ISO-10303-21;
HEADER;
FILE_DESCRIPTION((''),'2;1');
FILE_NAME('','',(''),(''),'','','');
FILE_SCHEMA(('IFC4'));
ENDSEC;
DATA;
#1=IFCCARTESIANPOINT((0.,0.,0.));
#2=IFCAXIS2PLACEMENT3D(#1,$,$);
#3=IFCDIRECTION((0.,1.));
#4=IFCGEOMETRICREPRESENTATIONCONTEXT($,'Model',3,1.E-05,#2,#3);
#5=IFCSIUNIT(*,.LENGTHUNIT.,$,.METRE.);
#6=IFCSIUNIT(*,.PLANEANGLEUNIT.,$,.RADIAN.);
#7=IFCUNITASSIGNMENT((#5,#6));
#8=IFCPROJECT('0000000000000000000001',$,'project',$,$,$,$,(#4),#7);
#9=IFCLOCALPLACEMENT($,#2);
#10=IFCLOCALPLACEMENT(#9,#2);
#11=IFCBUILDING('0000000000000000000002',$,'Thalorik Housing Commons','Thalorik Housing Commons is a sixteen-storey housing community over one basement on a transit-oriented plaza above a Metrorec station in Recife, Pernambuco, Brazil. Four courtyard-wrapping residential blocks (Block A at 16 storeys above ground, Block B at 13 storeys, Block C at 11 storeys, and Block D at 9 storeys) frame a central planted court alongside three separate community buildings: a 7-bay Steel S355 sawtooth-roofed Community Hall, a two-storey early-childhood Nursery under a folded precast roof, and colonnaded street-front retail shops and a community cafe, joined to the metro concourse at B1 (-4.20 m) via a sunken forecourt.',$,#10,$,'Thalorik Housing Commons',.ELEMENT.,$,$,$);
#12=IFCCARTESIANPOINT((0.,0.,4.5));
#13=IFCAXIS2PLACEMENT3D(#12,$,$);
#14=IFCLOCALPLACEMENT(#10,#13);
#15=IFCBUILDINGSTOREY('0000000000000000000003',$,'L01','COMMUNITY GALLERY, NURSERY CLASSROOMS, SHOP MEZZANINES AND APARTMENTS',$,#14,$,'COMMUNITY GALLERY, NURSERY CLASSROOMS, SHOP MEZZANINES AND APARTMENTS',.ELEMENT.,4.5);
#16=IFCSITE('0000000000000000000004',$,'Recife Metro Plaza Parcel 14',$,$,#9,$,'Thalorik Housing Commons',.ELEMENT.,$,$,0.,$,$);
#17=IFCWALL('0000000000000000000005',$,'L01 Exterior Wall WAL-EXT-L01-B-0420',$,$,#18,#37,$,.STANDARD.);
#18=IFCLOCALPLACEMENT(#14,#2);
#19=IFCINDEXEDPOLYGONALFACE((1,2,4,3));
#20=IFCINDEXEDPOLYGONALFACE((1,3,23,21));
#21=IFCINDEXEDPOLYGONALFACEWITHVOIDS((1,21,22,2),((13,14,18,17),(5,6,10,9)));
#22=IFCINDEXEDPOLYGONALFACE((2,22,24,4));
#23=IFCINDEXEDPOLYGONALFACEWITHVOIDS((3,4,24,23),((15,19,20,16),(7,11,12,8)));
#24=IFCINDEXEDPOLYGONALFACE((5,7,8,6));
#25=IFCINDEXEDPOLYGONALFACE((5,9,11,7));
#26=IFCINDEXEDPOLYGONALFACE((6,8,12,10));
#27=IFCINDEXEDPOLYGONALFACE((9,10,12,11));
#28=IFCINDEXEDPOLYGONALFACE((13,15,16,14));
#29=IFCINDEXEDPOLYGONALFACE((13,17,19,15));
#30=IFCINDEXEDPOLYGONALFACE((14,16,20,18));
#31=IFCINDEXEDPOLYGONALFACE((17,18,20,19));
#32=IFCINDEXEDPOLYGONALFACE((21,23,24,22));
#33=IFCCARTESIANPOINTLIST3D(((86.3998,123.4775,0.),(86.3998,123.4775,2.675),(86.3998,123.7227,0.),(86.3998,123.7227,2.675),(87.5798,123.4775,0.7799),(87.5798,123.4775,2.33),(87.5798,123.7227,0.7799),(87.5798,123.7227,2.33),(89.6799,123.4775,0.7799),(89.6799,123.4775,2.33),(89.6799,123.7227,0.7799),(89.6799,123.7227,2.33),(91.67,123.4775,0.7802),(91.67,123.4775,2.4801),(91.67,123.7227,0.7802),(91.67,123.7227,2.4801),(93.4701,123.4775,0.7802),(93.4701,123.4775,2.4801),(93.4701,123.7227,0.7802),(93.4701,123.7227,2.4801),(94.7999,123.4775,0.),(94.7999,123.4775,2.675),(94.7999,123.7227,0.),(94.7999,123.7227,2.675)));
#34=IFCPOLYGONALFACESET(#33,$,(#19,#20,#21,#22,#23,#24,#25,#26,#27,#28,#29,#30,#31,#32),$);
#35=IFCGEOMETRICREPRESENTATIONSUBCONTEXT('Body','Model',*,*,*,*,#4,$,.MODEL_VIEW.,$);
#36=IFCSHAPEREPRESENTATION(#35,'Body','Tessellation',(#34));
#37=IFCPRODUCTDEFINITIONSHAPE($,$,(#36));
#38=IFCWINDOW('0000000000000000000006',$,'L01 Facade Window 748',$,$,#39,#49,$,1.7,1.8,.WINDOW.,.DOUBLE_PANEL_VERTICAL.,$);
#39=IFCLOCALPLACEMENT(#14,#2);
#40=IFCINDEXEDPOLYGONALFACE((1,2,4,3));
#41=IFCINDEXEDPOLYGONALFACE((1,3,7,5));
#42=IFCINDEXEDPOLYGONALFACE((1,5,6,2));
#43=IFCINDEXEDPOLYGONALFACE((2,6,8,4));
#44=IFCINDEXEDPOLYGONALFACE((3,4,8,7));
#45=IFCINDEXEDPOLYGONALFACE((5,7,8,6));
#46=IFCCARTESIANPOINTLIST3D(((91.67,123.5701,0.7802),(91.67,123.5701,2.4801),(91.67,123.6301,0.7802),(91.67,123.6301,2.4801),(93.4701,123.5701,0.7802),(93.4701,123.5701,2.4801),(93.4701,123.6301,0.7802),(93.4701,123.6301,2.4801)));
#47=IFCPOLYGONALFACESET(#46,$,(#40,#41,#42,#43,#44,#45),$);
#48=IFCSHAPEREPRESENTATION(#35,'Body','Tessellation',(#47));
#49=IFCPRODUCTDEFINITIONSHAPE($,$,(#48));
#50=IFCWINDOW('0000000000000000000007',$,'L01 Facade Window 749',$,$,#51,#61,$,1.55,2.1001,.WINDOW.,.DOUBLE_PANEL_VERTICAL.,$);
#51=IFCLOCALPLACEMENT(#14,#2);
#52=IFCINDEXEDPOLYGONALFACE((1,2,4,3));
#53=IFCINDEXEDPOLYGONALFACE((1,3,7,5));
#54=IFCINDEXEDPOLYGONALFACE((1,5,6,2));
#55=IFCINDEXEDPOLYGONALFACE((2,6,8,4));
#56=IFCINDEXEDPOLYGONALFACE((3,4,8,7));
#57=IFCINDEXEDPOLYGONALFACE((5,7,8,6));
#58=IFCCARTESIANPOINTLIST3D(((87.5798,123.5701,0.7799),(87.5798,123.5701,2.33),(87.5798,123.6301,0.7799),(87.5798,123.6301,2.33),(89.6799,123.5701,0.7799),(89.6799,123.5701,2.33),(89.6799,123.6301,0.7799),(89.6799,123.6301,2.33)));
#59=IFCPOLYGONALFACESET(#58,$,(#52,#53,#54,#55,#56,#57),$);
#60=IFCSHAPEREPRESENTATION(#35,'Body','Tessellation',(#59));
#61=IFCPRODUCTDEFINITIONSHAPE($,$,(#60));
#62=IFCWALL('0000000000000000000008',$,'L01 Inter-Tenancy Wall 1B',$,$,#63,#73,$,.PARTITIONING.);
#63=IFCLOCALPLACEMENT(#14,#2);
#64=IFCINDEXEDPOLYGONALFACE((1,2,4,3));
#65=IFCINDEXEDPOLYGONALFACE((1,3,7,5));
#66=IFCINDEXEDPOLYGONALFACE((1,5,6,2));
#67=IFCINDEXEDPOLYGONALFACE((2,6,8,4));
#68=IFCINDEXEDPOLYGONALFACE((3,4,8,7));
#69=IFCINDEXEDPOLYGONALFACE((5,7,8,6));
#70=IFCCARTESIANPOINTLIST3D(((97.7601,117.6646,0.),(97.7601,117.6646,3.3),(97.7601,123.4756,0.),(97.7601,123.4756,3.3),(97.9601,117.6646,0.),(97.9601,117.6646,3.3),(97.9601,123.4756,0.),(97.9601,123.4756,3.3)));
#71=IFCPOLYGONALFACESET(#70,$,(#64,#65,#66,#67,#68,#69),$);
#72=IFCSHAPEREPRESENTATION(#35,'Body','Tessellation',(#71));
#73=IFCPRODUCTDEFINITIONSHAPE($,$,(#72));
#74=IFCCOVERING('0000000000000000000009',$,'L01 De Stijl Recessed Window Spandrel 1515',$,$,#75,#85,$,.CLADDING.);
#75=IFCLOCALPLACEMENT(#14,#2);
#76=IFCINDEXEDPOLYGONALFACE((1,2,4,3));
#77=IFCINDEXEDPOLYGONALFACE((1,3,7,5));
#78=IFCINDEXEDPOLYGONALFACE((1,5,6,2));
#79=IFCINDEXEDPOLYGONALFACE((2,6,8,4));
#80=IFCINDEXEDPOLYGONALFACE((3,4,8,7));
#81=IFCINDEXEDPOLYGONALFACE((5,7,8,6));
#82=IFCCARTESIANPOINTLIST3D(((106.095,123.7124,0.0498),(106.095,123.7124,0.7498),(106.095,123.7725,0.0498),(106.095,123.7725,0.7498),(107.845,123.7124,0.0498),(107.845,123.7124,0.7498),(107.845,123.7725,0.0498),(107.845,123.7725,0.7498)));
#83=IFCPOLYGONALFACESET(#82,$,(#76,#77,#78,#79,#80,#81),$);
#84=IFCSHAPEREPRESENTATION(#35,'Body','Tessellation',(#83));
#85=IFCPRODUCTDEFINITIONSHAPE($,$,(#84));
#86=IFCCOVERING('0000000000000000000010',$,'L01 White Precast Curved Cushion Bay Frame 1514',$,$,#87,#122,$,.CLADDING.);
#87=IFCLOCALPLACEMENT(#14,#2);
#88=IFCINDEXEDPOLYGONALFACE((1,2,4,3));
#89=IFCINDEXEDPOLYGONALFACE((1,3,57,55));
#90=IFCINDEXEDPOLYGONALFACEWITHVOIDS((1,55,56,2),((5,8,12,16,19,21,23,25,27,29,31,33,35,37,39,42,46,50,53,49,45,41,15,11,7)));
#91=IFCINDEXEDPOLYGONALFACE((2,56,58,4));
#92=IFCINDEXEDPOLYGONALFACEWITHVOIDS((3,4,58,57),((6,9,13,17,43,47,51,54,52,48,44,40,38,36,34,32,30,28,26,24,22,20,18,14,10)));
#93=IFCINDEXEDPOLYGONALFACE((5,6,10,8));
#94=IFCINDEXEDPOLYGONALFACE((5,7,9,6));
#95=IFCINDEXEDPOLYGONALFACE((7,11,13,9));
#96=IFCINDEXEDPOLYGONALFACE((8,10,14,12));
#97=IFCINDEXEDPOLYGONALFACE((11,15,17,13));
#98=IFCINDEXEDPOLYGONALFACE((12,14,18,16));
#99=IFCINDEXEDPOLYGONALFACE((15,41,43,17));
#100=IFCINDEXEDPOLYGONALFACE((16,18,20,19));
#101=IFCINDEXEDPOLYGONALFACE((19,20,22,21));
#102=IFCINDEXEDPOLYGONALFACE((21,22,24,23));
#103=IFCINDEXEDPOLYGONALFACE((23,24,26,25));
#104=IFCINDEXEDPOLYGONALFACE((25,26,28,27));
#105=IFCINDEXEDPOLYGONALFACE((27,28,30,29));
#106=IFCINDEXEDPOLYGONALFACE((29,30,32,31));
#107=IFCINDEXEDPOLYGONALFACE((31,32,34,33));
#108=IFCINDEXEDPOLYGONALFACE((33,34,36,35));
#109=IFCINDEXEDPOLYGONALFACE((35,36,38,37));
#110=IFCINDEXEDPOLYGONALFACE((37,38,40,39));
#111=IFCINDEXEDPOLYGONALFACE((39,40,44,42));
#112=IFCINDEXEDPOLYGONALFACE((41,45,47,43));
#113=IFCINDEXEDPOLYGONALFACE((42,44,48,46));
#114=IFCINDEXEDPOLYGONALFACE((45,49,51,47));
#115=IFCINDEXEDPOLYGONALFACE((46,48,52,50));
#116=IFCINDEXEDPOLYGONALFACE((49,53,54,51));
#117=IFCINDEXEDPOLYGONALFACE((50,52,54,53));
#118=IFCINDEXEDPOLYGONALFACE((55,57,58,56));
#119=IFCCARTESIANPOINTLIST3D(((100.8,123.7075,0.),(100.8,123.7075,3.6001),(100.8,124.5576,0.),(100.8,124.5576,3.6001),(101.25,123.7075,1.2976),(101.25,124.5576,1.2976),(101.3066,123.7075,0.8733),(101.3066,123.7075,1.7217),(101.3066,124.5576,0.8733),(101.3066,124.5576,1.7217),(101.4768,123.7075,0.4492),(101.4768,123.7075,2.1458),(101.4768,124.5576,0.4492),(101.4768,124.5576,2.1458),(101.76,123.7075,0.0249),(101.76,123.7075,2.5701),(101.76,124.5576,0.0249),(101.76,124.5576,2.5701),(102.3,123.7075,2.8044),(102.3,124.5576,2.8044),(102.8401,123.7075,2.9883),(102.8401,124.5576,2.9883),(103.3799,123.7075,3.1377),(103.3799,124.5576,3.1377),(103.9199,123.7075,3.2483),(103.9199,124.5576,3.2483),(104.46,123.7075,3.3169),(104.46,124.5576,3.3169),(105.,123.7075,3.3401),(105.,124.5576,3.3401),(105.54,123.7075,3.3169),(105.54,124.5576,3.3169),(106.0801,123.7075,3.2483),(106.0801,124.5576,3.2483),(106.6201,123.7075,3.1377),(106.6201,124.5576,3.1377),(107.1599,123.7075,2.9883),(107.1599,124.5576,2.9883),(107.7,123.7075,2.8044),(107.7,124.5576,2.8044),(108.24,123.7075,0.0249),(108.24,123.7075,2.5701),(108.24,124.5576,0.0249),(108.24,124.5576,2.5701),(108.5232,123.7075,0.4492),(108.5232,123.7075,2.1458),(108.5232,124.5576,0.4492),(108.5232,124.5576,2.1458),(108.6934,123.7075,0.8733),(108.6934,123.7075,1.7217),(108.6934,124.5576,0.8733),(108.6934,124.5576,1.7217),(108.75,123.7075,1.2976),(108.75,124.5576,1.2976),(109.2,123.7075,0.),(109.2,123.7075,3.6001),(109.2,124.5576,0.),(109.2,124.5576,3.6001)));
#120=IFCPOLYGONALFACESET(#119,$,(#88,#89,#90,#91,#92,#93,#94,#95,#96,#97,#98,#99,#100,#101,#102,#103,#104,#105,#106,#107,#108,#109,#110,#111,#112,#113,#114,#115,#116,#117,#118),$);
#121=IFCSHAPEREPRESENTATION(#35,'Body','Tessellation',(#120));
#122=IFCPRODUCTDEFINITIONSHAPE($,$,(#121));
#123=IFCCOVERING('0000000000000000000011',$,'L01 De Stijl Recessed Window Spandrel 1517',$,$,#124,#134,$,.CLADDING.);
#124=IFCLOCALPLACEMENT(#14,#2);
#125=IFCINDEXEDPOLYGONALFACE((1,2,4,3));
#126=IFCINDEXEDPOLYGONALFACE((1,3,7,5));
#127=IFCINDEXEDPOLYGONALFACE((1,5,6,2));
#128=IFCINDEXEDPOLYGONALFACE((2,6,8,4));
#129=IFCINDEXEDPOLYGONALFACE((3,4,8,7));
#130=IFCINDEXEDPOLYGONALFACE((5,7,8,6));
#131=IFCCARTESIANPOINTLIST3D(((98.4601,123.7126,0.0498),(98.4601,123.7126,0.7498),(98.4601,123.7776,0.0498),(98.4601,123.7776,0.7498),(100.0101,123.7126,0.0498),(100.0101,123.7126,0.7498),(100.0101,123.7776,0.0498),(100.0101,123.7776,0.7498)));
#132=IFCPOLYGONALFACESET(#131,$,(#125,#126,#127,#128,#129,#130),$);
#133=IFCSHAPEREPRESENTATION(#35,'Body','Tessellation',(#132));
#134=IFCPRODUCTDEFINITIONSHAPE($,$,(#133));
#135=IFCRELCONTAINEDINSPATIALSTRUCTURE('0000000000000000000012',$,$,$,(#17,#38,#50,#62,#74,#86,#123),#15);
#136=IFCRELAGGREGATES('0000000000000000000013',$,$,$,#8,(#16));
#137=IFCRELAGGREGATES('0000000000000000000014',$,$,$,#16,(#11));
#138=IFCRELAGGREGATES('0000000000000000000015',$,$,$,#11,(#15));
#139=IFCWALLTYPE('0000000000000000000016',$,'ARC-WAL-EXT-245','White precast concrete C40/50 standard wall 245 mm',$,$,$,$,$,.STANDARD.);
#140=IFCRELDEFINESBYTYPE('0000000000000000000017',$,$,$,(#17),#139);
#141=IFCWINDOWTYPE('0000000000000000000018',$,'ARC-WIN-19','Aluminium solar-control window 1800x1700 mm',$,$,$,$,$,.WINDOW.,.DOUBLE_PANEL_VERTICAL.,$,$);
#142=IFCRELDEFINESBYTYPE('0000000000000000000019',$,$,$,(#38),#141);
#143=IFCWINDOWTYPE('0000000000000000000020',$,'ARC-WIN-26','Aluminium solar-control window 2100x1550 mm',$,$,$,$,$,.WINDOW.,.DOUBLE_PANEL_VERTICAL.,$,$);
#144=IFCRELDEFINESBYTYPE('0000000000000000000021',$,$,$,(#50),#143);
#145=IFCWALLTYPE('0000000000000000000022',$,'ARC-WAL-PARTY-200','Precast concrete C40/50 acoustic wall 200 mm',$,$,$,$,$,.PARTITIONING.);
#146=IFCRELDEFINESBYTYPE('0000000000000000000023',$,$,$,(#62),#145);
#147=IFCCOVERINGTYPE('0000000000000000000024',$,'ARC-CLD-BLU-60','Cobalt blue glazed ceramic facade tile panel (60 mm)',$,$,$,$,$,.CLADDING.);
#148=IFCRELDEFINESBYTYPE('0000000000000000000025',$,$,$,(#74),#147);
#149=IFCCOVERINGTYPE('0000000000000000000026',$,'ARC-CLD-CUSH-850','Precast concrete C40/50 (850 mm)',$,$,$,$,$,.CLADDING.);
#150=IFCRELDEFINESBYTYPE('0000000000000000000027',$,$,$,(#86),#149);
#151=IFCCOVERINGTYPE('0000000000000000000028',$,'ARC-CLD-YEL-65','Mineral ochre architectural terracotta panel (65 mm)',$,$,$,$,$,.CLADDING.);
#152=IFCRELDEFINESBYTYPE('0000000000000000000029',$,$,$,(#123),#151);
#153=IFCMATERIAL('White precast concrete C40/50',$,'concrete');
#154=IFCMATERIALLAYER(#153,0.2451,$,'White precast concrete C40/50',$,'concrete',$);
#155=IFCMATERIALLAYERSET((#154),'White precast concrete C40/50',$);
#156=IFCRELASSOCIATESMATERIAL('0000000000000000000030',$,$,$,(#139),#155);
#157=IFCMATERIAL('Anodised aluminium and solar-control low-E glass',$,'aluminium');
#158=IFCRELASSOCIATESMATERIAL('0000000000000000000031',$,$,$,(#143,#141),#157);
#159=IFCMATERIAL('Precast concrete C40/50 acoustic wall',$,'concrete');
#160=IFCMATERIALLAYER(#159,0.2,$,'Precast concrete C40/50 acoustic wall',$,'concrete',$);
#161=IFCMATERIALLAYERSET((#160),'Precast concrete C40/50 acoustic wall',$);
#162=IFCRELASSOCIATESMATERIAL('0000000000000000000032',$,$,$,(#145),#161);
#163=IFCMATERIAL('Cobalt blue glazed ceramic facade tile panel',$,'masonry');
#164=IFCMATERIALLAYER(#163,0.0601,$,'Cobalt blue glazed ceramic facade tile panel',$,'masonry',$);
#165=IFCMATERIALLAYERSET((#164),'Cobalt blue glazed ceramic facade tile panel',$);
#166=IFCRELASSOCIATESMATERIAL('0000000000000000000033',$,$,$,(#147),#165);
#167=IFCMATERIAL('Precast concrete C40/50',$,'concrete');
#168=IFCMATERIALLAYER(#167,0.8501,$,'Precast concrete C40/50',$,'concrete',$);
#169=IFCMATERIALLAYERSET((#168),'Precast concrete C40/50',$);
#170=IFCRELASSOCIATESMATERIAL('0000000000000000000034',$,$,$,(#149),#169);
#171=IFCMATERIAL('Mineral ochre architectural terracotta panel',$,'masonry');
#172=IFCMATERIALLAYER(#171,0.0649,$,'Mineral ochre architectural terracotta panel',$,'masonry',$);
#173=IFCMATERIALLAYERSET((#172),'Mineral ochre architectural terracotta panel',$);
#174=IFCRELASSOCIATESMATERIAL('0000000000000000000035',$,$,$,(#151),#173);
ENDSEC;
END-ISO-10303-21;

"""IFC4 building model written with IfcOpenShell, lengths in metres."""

from ifc_helpers import new_model, si_unit, direction, frame, frame_2d, origin, origin_2d, place, context, subcontext, project, spatial, polyline, rectangle, outline, extrude, material, layer, layer_set, type_object, element, fill, save


model = new_model("IFC4")

# Units and contexts
model_context = context("Model", 3, precision=1e-05, world=origin(), true_north=direction((0.0, 1.0)))
body_context = subcontext(model_context, "Body", "Model", "MODEL_VIEW")
ifc_project = project(units=[si_unit("LENGTHUNIT", "METRE"), si_unit("PLANEANGLEUNIT", "RADIAN")], contexts=[model_context])

# Site, building, storey
site_placement = place(None, origin())
site = spatial("IfcSite", under=ifc_project, at=site_placement, Name="Recife Metro Plaza Parcel 14", LongName="Thalorik Housing Commons", CompositionType="ELEMENT", RefElevation=0.0)
building_placement = place(site_placement, origin())
building = spatial("IfcBuilding", under=site, at=building_placement, Name="Thalorik Housing Commons", Description="Thalorik Housing Commons is a sixteen-storey housing community over one basement on a transit-oriented plaza above a Metrorec station in Recife, Pernambuco, Brazil. Four courtyard-wrapping residential blocks (Block A at 16 storeys above ground, Block B at 13 storeys, Block C at 11 storeys, and Block D at 9 storeys) frame a central planted court alongside three separate community buildings: a 7-bay Steel S355 sawtooth-roofed Community Hall, a two-storey early-childhood Nursery under a folded precast roof, and colonnaded street-front retail shops and a community cafe, joined to the metro concourse at B1 (-4.20 m) via a sunken forecourt.", LongName="Thalorik Housing Commons", CompositionType="ELEMENT")
storey_placement = place(building_placement, frame((0.0, 0.0, 4.5)))
storey = spatial("IfcBuildingStorey", under=building, at=storey_placement, Name="L01", Description="COMMUNITY GALLERY, NURSERY CLASSROOMS, SHOP MEZZANINES AND APARTMENTS", LongName="COMMUNITY GALLERY, NURSERY CLASSROOMS, SHOP MEZZANINES AND APARTMENTS", CompositionType="ELEMENT", Elevation=4.5)

# Shared definitions
ifc_material_1 = material(Name="Precast concrete C40/50", Category="concrete")

# Wall, openings, windows
ifc_material_2 = material(Name="White precast concrete C40/50", Category="concrete")
ifc_layer_1 = layer(ifc_material_2, 0.2451, Name="White precast concrete C40/50", Category="concrete")
ifc_layer_set_1 = layer_set([ifc_layer_1], Name="White precast concrete C40/50")
wall_type_1 = type_object("IfcWallType", Name="ARC-WAL-EXT-245", Description="White precast concrete C40/50 standard wall 245 mm", PredefinedType="STANDARD", material=ifc_layer_set_1)
ifc_material_3 = material(Name="Anodised aluminium and solar-control low-E glass", Category="aluminium")
window_type_1 = type_object("IfcWindowType", Name="ARC-WIN-26", Description="Aluminium solar-control window 2100x1550 mm", PartitioningType="DOUBLE_PANEL_VERTICAL", PredefinedType="WINDOW", material=ifc_material_3)
wall_1_placement = place(storey_placement, frame((94.8, 123.6001, 0.0), z_axis=(0.0, 0.0, 1.0), x_axis=(-1.0, 0.0, 0.0)))
wall_1 = element("IfcWall", 1, at=wall_1_placement, inside=storey, type_object=wall_type_1, Name="L01 Exterior Wall WAL-EXT-L01-B-0420", PredefinedType="STANDARD", context=body_context, shape_type="SweptSolid", body=[
    extrude(rectangle(XDim=8.4001, YDim=0.2451, at=frame_2d((4.2002, 0.0))), origin(), (0.0, 0.0, 1.0), 2.675),
])
opening_1_placement = place(wall_1_placement, frame((1.3301, 0.0, 0.78)))
opening_1 = element("IfcOpeningElement", 2, at=opening_1_placement, cuts=wall_1, PredefinedType="OPENING", context=body_context, shape_type="SweptSolid", body=[
    extrude(rectangle(XDim=1.8, YDim=1.7, at=frame_2d((0.8999, 0.8501))), frame((0.0, 0.1326, 0.0), z_axis=(0.0, -1.0, 0.0), x_axis=(1.0, 0.0, 0.0)), (0.0, 0.0, 1.0), 0.2651),
])
opening_2_placement = place(wall_1_placement, frame((5.1201, 0.0, 0.78)))
opening_2 = element("IfcOpeningElement", 3, at=opening_2_placement, cuts=wall_1, PredefinedType="OPENING", context=body_context, shape_type="SweptSolid", body=[
    extrude(rectangle(XDim=2.1001, YDim=1.55, at=frame_2d((1.05, 0.7749))), frame((0.0, 0.1326, 0.0), z_axis=(0.0, -1.0, 0.0), x_axis=(1.0, 0.0, 0.0)), (0.0, 0.0, 1.0), 0.2651),
])
window_type_2 = type_object("IfcWindowType", Name="ARC-WIN-19", Description="Aluminium solar-control window 1800x1700 mm", PartitioningType="DOUBLE_PANEL_VERTICAL", PredefinedType="WINDOW", material=ifc_material_3)
window_1_placement = place(opening_1_placement, origin())
window_1 = element("IfcWindow", 4, at=window_1_placement, inside=storey, type_object=window_type_2, Name="L01 Facade Window 748", OverallHeight=1.7, OverallWidth=1.8, PartitioningType="DOUBLE_PANEL_VERTICAL", PredefinedType="WINDOW", context=body_context, shape_type="SweptSolid", body=[
    extrude(rectangle(XDim=1.8, YDim=1.7, at=frame_2d((0.8999, 0.8501))), frame((0.0, 0.03, 0.0), z_axis=(0.0, -1.0, 0.0), x_axis=(1.0, 0.0, 0.0)), (0.0, 0.0, 1.0), 0.0601),
])
fill(opening_1, window_1)
window_2_placement = place(opening_2_placement, origin())
window_2 = element("IfcWindow", 5, at=window_2_placement, inside=storey, type_object=window_type_1, Name="L01 Facade Window 749", OverallHeight=1.55, OverallWidth=2.1001, PartitioningType="DOUBLE_PANEL_VERTICAL", PredefinedType="WINDOW", context=body_context, shape_type="SweptSolid", body=[
    extrude(rectangle(XDim=2.1001, YDim=1.55, at=frame_2d((1.05, 0.7749))), frame((0.0, 0.03, 0.0), z_axis=(0.0, -1.0, 0.0), x_axis=(1.0, 0.0, 0.0)), (0.0, 0.0, 1.0), 0.0601),
])
fill(opening_2, window_2)

# Wall
ifc_material_4 = material(Name="Precast concrete C40/50 acoustic wall", Category="concrete")
ifc_layer_2 = layer(ifc_material_4, 0.2, Name="Precast concrete C40/50 acoustic wall", Category="concrete")
ifc_layer_set_2 = layer_set([ifc_layer_2], Name="Precast concrete C40/50 acoustic wall")
wall_type_2 = type_object("IfcWallType", Name="ARC-WAL-PARTY-200", Description="Precast concrete C40/50 acoustic wall 200 mm", PredefinedType="PARTITIONING", material=ifc_layer_set_2)
wall_2_placement = place(storey_placement, frame((97.8601, 117.6646, 0.0), z_axis=(0.0, 0.0, 1.0), x_axis=(0.0, 1.0, 0.0)))
element("IfcWall", 6, at=wall_2_placement, inside=storey, type_object=wall_type_2, Name="L01 Inter-Tenancy Wall 1B", PredefinedType="PARTITIONING", context=body_context, shape_type="SweptSolid", body=[
    extrude(rectangle(XDim=5.811, YDim=0.2, at=frame_2d((2.9055, 0.0))), origin(), (0.0, 0.0, 1.0), 3.3),
])

# Coverings
ifc_material_5 = material(Name="Cobalt blue glazed ceramic facade tile panel", Category="masonry")
ifc_layer_3 = layer(ifc_material_5, 0.0601, Name="Cobalt blue glazed ceramic facade tile panel", Category="masonry")
ifc_layer_set_3 = layer_set([ifc_layer_3], Name="Cobalt blue glazed ceramic facade tile panel")
covering_type_1 = type_object("IfcCoveringType", Name="ARC-CLD-BLU-60", Description="Cobalt blue glazed ceramic facade tile panel (60 mm)", PredefinedType="CLADDING", material=ifc_layer_set_3)
covering_1_placement = place(storey_placement, frame((106.97, 123.7424, 0.0498), z_axis=(0.0, 0.0, 1.0), x_axis=(-1.0, 0.0, 0.0)))
element("IfcCovering", 7, at=covering_1_placement, inside=storey, type_object=covering_type_1, Name="L01 De Stijl Recessed Window Spandrel 1515", PredefinedType="CLADDING", context=body_context, shape_type="SweptSolid", body=[
    extrude(rectangle(XDim=1.75, YDim=0.0601, at=origin_2d()), origin(), (0.0, 0.0, 1.0), 0.7),
])
ifc_layer_4 = layer(ifc_material_1, 0.8501, Name="Precast concrete C40/50", Category="concrete")
ifc_layer_set_4 = layer_set([ifc_layer_4], Name="Precast concrete C40/50")
covering_type_2 = type_object("IfcCoveringType", Name="ARC-CLD-CUSH-850", Description="Precast concrete C40/50 (850 mm)", PredefinedType="CLADDING", material=ifc_layer_set_4)
covering_2_placement = place(storey_placement, frame((105.0, 124.1326, 0.0), z_axis=(0.0, 0.0, 1.0), x_axis=(-1.0, 0.0, 0.0)))
element("IfcCovering", 8, at=covering_2_placement, inside=storey, type_object=covering_type_2, Name="L01 White Precast Curved Cushion Bay Frame 1514", PredefinedType="CLADDING", context=body_context, shape_type="SweptSolid", body=[
    extrude(outline(polyline([(-4.2, 0.0), (4.2, 0.0), (4.2, 3.6001), (-4.2, 3.6001), (-4.2, 0.0)]), holes=[polyline([(3.24, 0.0249), (3.5232, 0.4492), (3.6934, 0.8733), (3.75, 1.2976), (3.6934, 1.7217), (3.5232, 2.1458), (3.24, 2.5701), (2.7, 2.8044), (2.1599, 2.9883), (1.6201, 3.1377), (1.0801, 3.2483), (0.54, 3.3169), (0.0, 3.3401), (-0.54, 3.3169), (-1.0801, 3.2483), (-1.6201, 3.1377), (-2.1599, 2.9883), (-2.7, 2.8044), (-3.24, 2.5701), (-3.5232, 2.1458), (-3.6934, 1.7217), (-3.75, 1.2976), (-3.6934, 0.8733), (-3.5232, 0.4492), (-3.24, 0.0249), (3.24, 0.0249)])]), frame((0.0, 0.425, 0.0), z_axis=(0.0, -1.0, 0.0), x_axis=(1.0, 0.0, 0.0)), (0.0, 0.0, 1.0), 0.8501),
])
ifc_material_6 = material(Name="Mineral ochre architectural terracotta panel", Category="masonry")
ifc_layer_5 = layer(ifc_material_6, 0.0649, Name="Mineral ochre architectural terracotta panel", Category="masonry")
ifc_layer_set_5 = layer_set([ifc_layer_5], Name="Mineral ochre architectural terracotta panel")
covering_type_3 = type_object("IfcCoveringType", Name="ARC-CLD-YEL-65", Description="Mineral ochre architectural terracotta panel (65 mm)", PredefinedType="CLADDING", material=ifc_layer_set_5)
covering_3_placement = place(storey_placement, frame((99.2351, 123.7451, 0.0498), z_axis=(0.0, 0.0, 1.0), x_axis=(-1.0, 0.0, 0.0)))
element("IfcCovering", 9, at=covering_3_placement, inside=storey, type_object=covering_type_3, Name="L01 De Stijl Recessed Window Spandrel 1517", PredefinedType="CLADDING", context=body_context, shape_type="SweptSolid", body=[
    extrude(rectangle(XDim=1.55, YDim=0.0649, at=origin_2d()), origin(), (0.0, 0.0, 1.0), 0.7),
])

save(model, "model.ifc")
